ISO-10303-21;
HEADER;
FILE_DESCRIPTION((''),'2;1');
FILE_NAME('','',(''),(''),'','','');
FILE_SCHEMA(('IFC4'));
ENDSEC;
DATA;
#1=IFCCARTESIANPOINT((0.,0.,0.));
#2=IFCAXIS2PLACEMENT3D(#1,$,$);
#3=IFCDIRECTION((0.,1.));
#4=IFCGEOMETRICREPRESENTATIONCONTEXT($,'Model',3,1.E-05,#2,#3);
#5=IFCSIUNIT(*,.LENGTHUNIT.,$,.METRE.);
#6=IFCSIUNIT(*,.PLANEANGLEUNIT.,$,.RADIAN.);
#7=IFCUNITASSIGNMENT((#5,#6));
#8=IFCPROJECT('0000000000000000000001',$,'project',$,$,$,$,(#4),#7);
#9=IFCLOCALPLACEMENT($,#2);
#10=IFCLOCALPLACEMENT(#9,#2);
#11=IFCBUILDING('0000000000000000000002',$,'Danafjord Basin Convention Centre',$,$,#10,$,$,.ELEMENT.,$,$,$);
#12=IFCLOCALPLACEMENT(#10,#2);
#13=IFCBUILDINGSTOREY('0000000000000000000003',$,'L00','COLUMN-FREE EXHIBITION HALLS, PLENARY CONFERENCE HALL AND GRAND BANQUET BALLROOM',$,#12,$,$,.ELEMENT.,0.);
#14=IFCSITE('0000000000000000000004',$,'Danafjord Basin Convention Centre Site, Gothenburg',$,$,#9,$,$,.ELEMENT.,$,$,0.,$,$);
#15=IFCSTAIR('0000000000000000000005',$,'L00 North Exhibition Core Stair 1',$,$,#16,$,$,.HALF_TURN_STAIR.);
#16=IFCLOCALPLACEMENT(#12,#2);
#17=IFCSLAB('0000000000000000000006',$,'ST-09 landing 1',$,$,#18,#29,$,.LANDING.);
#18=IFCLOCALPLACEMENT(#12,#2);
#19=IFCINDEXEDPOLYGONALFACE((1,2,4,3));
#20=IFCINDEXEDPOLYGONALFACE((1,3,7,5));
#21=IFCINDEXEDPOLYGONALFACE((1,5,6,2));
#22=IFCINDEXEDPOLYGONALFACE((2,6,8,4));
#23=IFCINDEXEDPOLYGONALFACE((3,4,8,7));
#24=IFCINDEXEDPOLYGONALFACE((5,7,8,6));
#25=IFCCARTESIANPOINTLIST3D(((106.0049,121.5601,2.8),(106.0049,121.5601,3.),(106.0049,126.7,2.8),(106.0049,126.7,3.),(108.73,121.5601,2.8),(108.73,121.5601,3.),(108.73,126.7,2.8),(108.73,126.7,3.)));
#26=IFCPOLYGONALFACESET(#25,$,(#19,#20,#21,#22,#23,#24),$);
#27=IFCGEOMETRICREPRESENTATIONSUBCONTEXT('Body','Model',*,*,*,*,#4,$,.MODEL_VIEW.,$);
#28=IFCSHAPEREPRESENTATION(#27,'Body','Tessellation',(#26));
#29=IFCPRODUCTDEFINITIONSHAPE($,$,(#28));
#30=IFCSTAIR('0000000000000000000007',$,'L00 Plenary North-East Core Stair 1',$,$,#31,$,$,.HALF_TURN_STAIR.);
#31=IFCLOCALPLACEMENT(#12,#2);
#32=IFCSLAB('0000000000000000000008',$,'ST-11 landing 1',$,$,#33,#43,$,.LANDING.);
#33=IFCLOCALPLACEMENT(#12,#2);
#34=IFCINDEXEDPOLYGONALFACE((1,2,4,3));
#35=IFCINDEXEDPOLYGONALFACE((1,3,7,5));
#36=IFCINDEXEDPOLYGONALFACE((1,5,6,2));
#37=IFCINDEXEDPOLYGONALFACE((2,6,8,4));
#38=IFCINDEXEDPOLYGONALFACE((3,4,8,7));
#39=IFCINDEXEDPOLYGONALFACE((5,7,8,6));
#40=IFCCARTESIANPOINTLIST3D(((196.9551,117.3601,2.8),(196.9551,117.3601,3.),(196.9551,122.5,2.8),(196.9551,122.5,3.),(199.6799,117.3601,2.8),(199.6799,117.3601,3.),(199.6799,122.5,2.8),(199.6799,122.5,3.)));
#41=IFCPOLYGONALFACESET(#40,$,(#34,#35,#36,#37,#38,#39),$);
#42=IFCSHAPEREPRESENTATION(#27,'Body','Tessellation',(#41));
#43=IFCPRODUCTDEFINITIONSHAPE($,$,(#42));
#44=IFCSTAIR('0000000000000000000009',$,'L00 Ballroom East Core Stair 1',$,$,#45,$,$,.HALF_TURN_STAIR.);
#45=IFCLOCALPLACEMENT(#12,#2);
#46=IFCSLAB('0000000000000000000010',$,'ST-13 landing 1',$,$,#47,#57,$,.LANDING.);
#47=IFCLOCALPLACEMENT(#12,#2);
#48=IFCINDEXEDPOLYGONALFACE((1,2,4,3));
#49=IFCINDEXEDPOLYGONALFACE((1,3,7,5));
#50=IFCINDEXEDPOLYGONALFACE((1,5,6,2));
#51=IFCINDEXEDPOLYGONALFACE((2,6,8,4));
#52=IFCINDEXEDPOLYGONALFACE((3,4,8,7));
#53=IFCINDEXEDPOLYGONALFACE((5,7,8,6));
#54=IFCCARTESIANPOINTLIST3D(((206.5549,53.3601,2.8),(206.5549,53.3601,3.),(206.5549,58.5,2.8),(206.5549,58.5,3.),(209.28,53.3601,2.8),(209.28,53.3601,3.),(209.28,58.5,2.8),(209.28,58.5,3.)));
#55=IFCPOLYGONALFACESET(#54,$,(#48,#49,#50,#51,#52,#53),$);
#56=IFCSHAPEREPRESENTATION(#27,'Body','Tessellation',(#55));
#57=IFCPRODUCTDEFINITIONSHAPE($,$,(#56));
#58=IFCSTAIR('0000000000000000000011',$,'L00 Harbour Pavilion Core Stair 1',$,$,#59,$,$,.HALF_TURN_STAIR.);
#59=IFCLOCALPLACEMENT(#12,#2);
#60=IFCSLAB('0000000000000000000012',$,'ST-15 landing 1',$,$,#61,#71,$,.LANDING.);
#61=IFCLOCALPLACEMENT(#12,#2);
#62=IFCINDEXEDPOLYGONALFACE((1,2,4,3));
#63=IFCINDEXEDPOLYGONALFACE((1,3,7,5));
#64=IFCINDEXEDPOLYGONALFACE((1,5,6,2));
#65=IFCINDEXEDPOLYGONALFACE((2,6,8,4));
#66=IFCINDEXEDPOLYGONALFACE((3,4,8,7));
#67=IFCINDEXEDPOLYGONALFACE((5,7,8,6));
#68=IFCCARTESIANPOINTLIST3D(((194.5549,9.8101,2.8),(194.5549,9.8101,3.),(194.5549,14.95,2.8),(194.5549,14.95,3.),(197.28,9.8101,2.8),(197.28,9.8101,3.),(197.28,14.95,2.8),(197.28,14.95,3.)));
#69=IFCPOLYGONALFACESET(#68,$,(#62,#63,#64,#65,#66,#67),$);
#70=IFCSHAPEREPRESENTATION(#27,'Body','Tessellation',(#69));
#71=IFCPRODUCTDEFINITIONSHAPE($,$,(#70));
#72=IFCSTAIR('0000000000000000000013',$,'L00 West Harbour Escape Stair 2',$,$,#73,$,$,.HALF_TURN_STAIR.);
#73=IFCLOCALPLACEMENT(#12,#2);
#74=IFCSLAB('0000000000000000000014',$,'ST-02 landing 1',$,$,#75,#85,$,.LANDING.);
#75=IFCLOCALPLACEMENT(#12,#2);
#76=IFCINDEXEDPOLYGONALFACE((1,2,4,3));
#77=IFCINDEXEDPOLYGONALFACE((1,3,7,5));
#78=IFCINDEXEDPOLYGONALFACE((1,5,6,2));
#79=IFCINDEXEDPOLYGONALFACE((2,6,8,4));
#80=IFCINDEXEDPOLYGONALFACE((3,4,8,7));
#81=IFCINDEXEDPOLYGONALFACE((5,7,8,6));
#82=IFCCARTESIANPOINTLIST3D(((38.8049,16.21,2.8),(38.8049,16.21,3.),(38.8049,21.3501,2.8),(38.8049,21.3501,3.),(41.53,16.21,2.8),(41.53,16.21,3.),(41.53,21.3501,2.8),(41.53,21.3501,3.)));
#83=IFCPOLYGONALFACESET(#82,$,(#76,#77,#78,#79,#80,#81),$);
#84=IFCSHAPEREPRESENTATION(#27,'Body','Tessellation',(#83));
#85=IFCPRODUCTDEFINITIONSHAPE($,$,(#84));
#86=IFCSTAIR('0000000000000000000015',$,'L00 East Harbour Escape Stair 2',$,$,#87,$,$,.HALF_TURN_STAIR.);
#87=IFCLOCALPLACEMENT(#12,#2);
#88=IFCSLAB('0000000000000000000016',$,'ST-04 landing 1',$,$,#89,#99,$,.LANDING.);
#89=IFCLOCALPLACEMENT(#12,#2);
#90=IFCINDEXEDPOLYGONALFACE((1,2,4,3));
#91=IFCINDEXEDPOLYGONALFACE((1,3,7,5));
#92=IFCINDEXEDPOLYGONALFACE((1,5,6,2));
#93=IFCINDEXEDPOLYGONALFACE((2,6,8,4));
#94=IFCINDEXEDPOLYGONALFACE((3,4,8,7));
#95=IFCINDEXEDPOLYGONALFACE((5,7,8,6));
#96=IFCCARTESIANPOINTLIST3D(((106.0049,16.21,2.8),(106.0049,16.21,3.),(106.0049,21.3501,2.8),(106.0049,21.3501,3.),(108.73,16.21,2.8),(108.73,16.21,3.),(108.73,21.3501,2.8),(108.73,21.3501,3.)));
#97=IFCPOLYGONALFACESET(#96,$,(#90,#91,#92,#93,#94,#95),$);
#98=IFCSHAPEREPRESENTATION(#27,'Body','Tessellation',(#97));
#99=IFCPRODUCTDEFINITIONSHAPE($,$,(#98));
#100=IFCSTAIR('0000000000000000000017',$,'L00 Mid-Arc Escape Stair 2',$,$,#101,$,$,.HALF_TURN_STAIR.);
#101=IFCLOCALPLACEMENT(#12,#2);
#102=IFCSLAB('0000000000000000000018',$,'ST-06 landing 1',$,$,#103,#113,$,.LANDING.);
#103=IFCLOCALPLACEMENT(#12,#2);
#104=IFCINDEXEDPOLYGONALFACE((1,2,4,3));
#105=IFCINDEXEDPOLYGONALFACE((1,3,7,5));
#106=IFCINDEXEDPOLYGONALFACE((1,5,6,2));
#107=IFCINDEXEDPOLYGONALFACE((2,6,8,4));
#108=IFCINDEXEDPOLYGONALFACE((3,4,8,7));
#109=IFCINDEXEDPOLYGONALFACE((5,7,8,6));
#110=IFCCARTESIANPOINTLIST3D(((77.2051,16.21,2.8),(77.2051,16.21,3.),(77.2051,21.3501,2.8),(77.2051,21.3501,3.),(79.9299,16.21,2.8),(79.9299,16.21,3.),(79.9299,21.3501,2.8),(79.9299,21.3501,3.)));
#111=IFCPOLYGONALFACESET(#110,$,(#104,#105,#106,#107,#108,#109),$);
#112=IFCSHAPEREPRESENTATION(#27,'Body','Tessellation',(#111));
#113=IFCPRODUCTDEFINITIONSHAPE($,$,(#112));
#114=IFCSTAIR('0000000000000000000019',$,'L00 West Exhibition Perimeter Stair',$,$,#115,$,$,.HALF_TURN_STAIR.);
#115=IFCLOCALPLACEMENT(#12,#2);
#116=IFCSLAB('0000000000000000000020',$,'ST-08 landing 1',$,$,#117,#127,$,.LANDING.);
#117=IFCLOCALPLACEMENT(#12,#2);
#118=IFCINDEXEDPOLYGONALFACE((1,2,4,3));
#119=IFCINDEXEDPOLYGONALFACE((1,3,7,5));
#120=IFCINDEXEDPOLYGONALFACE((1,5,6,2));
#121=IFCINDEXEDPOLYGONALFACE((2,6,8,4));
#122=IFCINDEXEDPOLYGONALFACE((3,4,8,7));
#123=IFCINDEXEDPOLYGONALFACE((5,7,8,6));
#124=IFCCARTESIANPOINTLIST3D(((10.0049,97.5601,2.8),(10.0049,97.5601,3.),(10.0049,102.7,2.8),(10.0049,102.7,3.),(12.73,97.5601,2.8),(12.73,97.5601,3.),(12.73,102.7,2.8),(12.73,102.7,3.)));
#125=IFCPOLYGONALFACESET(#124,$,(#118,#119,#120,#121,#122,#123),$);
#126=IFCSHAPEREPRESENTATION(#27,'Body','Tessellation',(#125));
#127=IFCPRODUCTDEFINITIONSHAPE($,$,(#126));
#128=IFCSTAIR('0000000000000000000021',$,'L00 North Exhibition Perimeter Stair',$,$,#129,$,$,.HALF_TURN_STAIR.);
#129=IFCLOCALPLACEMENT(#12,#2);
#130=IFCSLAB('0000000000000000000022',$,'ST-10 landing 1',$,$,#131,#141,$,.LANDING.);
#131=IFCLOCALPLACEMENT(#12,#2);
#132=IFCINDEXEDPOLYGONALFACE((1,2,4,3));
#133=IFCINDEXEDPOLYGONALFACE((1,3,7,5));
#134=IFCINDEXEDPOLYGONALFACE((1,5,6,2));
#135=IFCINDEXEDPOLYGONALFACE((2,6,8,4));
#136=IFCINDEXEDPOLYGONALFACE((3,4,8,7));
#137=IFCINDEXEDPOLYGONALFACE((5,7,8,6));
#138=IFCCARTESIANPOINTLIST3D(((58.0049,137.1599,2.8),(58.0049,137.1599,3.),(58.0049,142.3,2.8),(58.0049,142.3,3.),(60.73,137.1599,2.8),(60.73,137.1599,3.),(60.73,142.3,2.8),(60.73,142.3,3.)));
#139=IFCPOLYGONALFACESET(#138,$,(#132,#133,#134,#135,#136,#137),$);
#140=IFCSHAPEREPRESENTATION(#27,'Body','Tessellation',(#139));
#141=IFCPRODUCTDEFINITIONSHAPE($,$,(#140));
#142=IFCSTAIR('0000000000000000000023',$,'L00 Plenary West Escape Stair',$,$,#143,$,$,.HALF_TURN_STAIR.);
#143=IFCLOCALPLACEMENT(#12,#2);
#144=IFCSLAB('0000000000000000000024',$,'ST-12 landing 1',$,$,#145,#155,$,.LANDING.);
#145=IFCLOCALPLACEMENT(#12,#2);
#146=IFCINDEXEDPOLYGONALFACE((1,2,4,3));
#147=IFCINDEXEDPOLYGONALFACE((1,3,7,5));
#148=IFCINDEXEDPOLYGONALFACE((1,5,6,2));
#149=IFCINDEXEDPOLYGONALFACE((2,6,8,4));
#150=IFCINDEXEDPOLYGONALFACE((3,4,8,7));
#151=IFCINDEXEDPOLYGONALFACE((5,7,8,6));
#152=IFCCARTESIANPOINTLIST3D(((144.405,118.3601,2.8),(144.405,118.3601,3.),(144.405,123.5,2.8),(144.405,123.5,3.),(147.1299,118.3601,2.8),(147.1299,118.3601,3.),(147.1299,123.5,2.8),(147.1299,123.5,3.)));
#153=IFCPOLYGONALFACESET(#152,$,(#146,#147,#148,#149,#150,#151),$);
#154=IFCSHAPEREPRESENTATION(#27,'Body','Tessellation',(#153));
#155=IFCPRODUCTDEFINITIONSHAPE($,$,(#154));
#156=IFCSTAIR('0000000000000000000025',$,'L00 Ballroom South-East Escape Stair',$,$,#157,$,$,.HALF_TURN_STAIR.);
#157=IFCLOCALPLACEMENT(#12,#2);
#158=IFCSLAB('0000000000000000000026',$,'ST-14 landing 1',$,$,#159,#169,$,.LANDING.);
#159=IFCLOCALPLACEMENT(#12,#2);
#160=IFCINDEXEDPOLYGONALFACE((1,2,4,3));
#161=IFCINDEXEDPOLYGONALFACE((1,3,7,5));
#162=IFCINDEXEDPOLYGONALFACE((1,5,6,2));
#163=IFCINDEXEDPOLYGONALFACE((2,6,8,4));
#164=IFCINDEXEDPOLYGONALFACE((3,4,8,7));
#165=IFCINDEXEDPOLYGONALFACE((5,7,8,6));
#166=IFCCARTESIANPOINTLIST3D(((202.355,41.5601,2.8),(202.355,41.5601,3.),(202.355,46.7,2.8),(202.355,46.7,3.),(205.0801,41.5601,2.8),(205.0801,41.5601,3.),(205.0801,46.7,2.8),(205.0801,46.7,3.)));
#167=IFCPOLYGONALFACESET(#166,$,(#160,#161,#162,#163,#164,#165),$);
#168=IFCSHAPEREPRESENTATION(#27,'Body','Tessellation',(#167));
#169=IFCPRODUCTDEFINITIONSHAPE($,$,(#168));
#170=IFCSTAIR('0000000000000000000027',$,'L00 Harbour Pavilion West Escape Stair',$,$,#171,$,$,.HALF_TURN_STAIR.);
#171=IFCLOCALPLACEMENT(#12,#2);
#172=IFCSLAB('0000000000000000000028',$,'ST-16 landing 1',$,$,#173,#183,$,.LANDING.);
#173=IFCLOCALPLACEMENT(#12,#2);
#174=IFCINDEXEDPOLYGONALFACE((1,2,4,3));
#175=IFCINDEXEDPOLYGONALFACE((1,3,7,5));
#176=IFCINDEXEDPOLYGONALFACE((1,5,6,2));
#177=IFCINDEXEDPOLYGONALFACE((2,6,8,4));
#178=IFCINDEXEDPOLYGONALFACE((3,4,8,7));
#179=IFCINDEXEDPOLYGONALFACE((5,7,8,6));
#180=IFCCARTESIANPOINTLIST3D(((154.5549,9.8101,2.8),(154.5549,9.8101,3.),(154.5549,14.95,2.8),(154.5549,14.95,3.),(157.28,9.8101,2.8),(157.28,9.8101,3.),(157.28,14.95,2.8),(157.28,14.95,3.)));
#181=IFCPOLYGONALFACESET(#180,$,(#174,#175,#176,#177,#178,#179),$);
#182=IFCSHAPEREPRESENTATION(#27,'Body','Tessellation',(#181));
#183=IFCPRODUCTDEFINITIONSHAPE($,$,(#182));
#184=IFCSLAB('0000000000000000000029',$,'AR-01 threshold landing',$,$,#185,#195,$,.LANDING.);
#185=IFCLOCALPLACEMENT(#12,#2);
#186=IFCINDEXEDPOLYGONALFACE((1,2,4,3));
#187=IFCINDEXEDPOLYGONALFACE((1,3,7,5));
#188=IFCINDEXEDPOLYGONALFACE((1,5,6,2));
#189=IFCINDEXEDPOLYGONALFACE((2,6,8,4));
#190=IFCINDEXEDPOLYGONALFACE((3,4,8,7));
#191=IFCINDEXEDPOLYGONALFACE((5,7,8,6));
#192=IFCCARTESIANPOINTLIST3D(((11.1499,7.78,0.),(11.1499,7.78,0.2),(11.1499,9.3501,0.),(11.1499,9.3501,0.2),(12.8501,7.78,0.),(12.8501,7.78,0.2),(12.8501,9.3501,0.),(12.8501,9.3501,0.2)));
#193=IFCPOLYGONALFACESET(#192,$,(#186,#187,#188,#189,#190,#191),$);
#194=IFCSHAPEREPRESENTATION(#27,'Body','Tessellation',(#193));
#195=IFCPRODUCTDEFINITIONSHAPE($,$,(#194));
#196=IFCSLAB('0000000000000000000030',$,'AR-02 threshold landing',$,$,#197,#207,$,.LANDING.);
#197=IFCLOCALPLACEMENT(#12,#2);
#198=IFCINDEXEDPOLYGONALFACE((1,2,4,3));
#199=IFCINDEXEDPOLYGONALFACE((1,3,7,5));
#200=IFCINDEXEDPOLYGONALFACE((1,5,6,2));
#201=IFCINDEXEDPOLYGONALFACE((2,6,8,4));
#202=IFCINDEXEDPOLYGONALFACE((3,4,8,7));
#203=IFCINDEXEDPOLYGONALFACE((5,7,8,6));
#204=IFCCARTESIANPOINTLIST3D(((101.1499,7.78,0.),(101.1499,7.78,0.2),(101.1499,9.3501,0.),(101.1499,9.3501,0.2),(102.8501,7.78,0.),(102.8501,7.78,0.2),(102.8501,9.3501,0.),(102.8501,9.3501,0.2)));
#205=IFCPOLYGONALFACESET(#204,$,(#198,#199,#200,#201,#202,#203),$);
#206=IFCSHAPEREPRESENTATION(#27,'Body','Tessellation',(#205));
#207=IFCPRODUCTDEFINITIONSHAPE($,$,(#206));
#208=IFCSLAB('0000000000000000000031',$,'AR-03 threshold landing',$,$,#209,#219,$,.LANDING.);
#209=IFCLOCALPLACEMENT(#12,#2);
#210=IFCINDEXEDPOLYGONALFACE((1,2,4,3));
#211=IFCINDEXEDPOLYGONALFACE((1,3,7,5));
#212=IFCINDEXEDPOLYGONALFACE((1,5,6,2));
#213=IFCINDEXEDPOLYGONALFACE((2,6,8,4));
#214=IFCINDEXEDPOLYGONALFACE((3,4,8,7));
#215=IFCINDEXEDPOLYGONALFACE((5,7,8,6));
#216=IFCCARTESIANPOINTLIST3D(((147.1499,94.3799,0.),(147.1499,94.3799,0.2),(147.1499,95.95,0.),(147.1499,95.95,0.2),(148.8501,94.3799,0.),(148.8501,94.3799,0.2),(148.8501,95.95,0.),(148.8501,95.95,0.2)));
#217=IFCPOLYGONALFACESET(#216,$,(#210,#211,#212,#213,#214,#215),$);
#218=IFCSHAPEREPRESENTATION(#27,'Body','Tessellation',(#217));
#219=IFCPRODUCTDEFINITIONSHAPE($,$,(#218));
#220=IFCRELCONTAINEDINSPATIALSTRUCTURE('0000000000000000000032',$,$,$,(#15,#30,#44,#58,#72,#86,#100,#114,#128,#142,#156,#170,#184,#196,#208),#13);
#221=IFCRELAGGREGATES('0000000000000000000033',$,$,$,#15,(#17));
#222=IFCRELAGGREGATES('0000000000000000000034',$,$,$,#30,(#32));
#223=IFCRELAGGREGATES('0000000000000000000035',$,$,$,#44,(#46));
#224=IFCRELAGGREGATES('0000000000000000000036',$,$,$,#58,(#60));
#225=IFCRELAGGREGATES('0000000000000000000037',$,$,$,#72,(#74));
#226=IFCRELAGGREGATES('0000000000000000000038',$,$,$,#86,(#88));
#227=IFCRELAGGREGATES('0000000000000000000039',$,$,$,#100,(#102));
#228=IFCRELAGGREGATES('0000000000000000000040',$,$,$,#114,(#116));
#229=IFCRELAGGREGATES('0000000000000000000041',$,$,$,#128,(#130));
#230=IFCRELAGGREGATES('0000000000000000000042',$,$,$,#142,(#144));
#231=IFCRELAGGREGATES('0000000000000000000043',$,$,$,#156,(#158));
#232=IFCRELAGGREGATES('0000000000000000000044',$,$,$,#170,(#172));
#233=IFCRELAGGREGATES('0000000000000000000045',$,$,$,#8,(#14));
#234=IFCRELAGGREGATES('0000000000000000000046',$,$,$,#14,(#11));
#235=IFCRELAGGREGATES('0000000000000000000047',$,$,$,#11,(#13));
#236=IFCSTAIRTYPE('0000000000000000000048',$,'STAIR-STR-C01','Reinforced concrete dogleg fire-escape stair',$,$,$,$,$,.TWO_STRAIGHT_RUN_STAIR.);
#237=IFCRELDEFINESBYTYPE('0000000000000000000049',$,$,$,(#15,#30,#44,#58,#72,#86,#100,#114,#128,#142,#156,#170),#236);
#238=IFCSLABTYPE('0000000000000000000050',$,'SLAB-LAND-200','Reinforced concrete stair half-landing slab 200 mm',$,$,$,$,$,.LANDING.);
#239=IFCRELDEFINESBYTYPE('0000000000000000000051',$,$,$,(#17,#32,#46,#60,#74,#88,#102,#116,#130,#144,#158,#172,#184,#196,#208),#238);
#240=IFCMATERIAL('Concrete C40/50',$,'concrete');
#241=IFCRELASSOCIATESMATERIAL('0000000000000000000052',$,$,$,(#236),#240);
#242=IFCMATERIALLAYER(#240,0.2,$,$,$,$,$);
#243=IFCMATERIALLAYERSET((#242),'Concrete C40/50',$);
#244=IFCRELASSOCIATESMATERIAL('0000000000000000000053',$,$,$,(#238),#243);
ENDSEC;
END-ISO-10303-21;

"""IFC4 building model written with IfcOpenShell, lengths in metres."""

from ifc_helpers import new_model, si_unit, direction, frame, origin, place, context, subcontext, project, spatial, polyline, outline, extrude, material, layer, layer_set, type_object, element, aggregate, save


model = new_model("IFC4")

# Units and contexts
model_context = context("Model", 3, precision=1e-05, world=origin(), true_north=direction((0.0, 1.0)))
body_context = subcontext(model_context, "Body", "Model", "MODEL_VIEW")
ifc_project = project(units=[si_unit("LENGTHUNIT", "METRE"), si_unit("PLANEANGLEUNIT", "RADIAN")], contexts=[model_context])

# Site, building, storey
site_placement = place(None, origin())
site = spatial("IfcSite", under=ifc_project, at=site_placement, Name="Danafjord Basin Convention Centre Site, Gothenburg", CompositionType="ELEMENT", RefElevation=0.0)
building_placement = place(site_placement, origin())
building = spatial("IfcBuilding", under=site, at=building_placement, Name="Danafjord Basin Convention Centre", CompositionType="ELEMENT")
storey_placement = place(building_placement, origin())
storey = spatial("IfcBuildingStorey", under=building, at=storey_placement, Name="L00", Description="COLUMN-FREE EXHIBITION HALLS, PLENARY CONFERENCE HALL AND GRAND BANQUET BALLROOM", CompositionType="ELEMENT", Elevation=0.0)

# Stairs, slabs
ifc_material_1 = material(Name="Concrete C40/50", Category="concrete")
stair_type = type_object("IfcStairType", Name="STAIR-STR-C01", Description="Reinforced concrete dogleg fire-escape stair", PredefinedType="TWO_STRAIGHT_RUN_STAIR", material=ifc_material_1)
stair_1_placement = place(storey_placement, origin())
stair_1 = element("IfcStair", 1, at=stair_1_placement, inside=storey, type_object=stair_type, Name="L00 North Exhibition Core Stair 1", PredefinedType="HALF_TURN_STAIR")
ifc_layer_1 = layer(ifc_material_1, 0.2)
ifc_layer_set_1 = layer_set([ifc_layer_1], Name="Concrete C40/50")
slab_type = type_object("IfcSlabType", Name="SLAB-LAND-200", Description="Reinforced concrete stair half-landing slab 200 mm", PredefinedType="LANDING", material=ifc_layer_set_1)
slab_1_placement = place(storey_placement, frame((0.0, 0.0, 2.8)))
slab_1 = element("IfcSlab", 2, at=slab_1_placement, type_object=slab_type, Name="ST-09 landing 1", PredefinedType="LANDING", context=body_context, shape_type="SweptSolid", body=[
    extrude(outline(polyline([(106.0049, 121.5601), (108.73, 121.5601), (108.73, 126.7), (106.0049, 126.7), (106.0049, 121.5601)])), origin(), (0.0, 0.0, 1.0), 0.2),
])
aggregate(stair_1, [slab_1])
stair_2_placement = place(storey_placement, origin())
stair_2 = element("IfcStair", 3, at=stair_2_placement, inside=storey, type_object=stair_type, Name="L00 Plenary North-East Core Stair 1", PredefinedType="HALF_TURN_STAIR")
slab_2_placement = place(storey_placement, frame((0.0, 0.0, 2.8)))
slab_2 = element("IfcSlab", 4, at=slab_2_placement, type_object=slab_type, Name="ST-11 landing 1", PredefinedType="LANDING", context=body_context, shape_type="SweptSolid", body=[
    extrude(outline(polyline([(196.9551, 117.3601), (199.6799, 117.3601), (199.6799, 122.5), (196.9551, 122.5), (196.9551, 117.3601)])), origin(), (0.0, 0.0, 1.0), 0.2),
])
aggregate(stair_2, [slab_2])
stair_3_placement = place(storey_placement, origin())
stair_3 = element("IfcStair", 5, at=stair_3_placement, inside=storey, type_object=stair_type, Name="L00 Ballroom East Core Stair 1", PredefinedType="HALF_TURN_STAIR")
slab_3_placement = place(storey_placement, frame((0.0, 0.0, 2.8)))
slab_3 = element("IfcSlab", 6, at=slab_3_placement, type_object=slab_type, Name="ST-13 landing 1", PredefinedType="LANDING", context=body_context, shape_type="SweptSolid", body=[
    extrude(outline(polyline([(206.5549, 53.3601), (209.28, 53.3601), (209.28, 58.5), (206.5549, 58.5), (206.5549, 53.3601)])), origin(), (0.0, 0.0, 1.0), 0.2),
])
aggregate(stair_3, [slab_3])
stair_4_placement = place(storey_placement, origin())
stair_4 = element("IfcStair", 7, at=stair_4_placement, inside=storey, type_object=stair_type, Name="L00 Harbour Pavilion Core Stair 1", PredefinedType="HALF_TURN_STAIR")
slab_4_placement = place(storey_placement, frame((0.0, 0.0, 2.8)))
slab_4 = element("IfcSlab", 8, at=slab_4_placement, type_object=slab_type, Name="ST-15 landing 1", PredefinedType="LANDING", context=body_context, shape_type="SweptSolid", body=[
    extrude(outline(polyline([(194.5549, 9.8101), (197.28, 9.8101), (197.28, 14.95), (194.5549, 14.95), (194.5549, 9.8101)])), origin(), (0.0, 0.0, 1.0), 0.2),
])
aggregate(stair_4, [slab_4])
stair_5_placement = place(storey_placement, origin())
stair_5 = element("IfcStair", 9, at=stair_5_placement, inside=storey, type_object=stair_type, Name="L00 West Harbour Escape Stair 2", PredefinedType="HALF_TURN_STAIR")
slab_5_placement = place(storey_placement, frame((0.0, 0.0, 2.8)))
slab_5 = element("IfcSlab", 10, at=slab_5_placement, type_object=slab_type, Name="ST-02 landing 1", PredefinedType="LANDING", context=body_context, shape_type="SweptSolid", body=[
    extrude(outline(polyline([(38.8049, 16.21), (41.53, 16.21), (41.53, 21.3501), (38.8049, 21.3501), (38.8049, 16.21)])), origin(), (0.0, 0.0, 1.0), 0.2),
])
aggregate(stair_5, [slab_5])
stair_6_placement = place(storey_placement, origin())
stair_6 = element("IfcStair", 11, at=stair_6_placement, inside=storey, type_object=stair_type, Name="L00 East Harbour Escape Stair 2", PredefinedType="HALF_TURN_STAIR")
slab_6_placement = place(storey_placement, frame((0.0, 0.0, 2.8)))
slab_6 = element("IfcSlab", 12, at=slab_6_placement, type_object=slab_type, Name="ST-04 landing 1", PredefinedType="LANDING", context=body_context, shape_type="SweptSolid", body=[
    extrude(outline(polyline([(106.0049, 16.21), (108.73, 16.21), (108.73, 21.3501), (106.0049, 21.3501), (106.0049, 16.21)])), origin(), (0.0, 0.0, 1.0), 0.2),
])
aggregate(stair_6, [slab_6])
stair_7_placement = place(storey_placement, origin())
stair_7 = element("IfcStair", 13, at=stair_7_placement, inside=storey, type_object=stair_type, Name="L00 Mid-Arc Escape Stair 2", PredefinedType="HALF_TURN_STAIR")
slab_7_placement = place(storey_placement, frame((0.0, 0.0, 2.8)))
slab_7 = element("IfcSlab", 14, at=slab_7_placement, type_object=slab_type, Name="ST-06 landing 1", PredefinedType="LANDING", context=body_context, shape_type="SweptSolid", body=[
    extrude(outline(polyline([(77.2051, 16.21), (79.9299, 16.21), (79.9299, 21.3501), (77.2051, 21.3501), (77.2051, 16.21)])), origin(), (0.0, 0.0, 1.0), 0.2),
])
aggregate(stair_7, [slab_7])
stair_8_placement = place(storey_placement, origin())
stair_8 = element("IfcStair", 15, at=stair_8_placement, inside=storey, type_object=stair_type, Name="L00 West Exhibition Perimeter Stair", PredefinedType="HALF_TURN_STAIR")
slab_8_placement = place(storey_placement, frame((0.0, 0.0, 2.8)))
slab_8 = element("IfcSlab", 16, at=slab_8_placement, type_object=slab_type, Name="ST-08 landing 1", PredefinedType="LANDING", context=body_context, shape_type="SweptSolid", body=[
    extrude(outline(polyline([(10.0049, 97.5601), (12.73, 97.5601), (12.73, 102.7), (10.0049, 102.7), (10.0049, 97.5601)])), origin(), (0.0, 0.0, 1.0), 0.2),
])
aggregate(stair_8, [slab_8])
stair_9_placement = place(storey_placement, origin())
stair_9 = element("IfcStair", 17, at=stair_9_placement, inside=storey, type_object=stair_type, Name="L00 North Exhibition Perimeter Stair", PredefinedType="HALF_TURN_STAIR")
slab_9_placement = place(storey_placement, frame((0.0, 0.0, 2.8)))
slab_9 = element("IfcSlab", 18, at=slab_9_placement, type_object=slab_type, Name="ST-10 landing 1", PredefinedType="LANDING", context=body_context, shape_type="SweptSolid", body=[
    extrude(outline(polyline([(58.0049, 137.1599), (60.73, 137.1599), (60.73, 142.3), (58.0049, 142.3), (58.0049, 137.1599)])), origin(), (0.0, 0.0, 1.0), 0.2),
])
aggregate(stair_9, [slab_9])
stair_10_placement = place(storey_placement, origin())
stair_10 = element("IfcStair", 19, at=stair_10_placement, inside=storey, type_object=stair_type, Name="L00 Plenary West Escape Stair", PredefinedType="HALF_TURN_STAIR")
slab_10_placement = place(storey_placement, frame((0.0, 0.0, 2.8)))
slab_10 = element("IfcSlab", 20, at=slab_10_placement, type_object=slab_type, Name="ST-12 landing 1", PredefinedType="LANDING", context=body_context, shape_type="SweptSolid", body=[
    extrude(outline(polyline([(144.405, 118.3601), (147.1299, 118.3601), (147.1299, 123.5), (144.405, 123.5), (144.405, 118.3601)])), origin(), (0.0, 0.0, 1.0), 0.2),
])
aggregate(stair_10, [slab_10])
stair_11_placement = place(storey_placement, origin())
stair_11 = element("IfcStair", 21, at=stair_11_placement, inside=storey, type_object=stair_type, Name="L00 Ballroom South-East Escape Stair", PredefinedType="HALF_TURN_STAIR")
slab_11_placement = place(storey_placement, frame((0.0, 0.0, 2.8)))
slab_11 = element("IfcSlab", 22, at=slab_11_placement, type_object=slab_type, Name="ST-14 landing 1", PredefinedType="LANDING", context=body_context, shape_type="SweptSolid", body=[
    extrude(outline(polyline([(202.355, 41.5601), (205.0801, 41.5601), (205.0801, 46.7), (202.355, 46.7), (202.355, 41.5601)])), origin(), (0.0, 0.0, 1.0), 0.2),
])
aggregate(stair_11, [slab_11])
stair_12_placement = place(storey_placement, origin())
stair_12 = element("IfcStair", 23, at=stair_12_placement, inside=storey, type_object=stair_type, Name="L00 Harbour Pavilion West Escape Stair", PredefinedType="HALF_TURN_STAIR")
slab_12_placement = place(storey_placement, frame((0.0, 0.0, 2.8)))
slab_12 = element("IfcSlab", 24, at=slab_12_placement, type_object=slab_type, Name="ST-16 landing 1", PredefinedType="LANDING", context=body_context, shape_type="SweptSolid", body=[
    extrude(outline(polyline([(154.5549, 9.8101), (157.28, 9.8101), (157.28, 14.95), (154.5549, 14.95), (154.5549, 9.8101)])), origin(), (0.0, 0.0, 1.0), 0.2),
])
aggregate(stair_12, [slab_12])

# Slabs
slab_13_placement = place(storey_placement, origin())
element("IfcSlab", 25, at=slab_13_placement, inside=storey, type_object=slab_type, Name="AR-01 threshold landing", PredefinedType="LANDING", context=body_context, shape_type="SweptSolid", body=[
    extrude(outline(polyline([(11.1499, 7.78), (12.8501, 7.78), (12.8501, 9.3501), (11.1499, 9.3501), (11.1499, 7.78)])), origin(), (0.0, 0.0, 1.0), 0.2),
])
slab_14_placement = place(storey_placement, origin())
element("IfcSlab", 26, at=slab_14_placement, inside=storey, type_object=slab_type, Name="AR-02 threshold landing", PredefinedType="LANDING", context=body_context, shape_type="SweptSolid", body=[
    extrude(outline(polyline([(101.1499, 7.78), (102.8501, 7.78), (102.8501, 9.3501), (101.1499, 9.3501), (101.1499, 7.78)])), origin(), (0.0, 0.0, 1.0), 0.2),
])
slab_15_placement = place(storey_placement, origin())
element("IfcSlab", 27, at=slab_15_placement, inside=storey, type_object=slab_type, Name="AR-03 threshold landing", PredefinedType="LANDING", context=body_context, shape_type="SweptSolid", body=[
    extrude(outline(polyline([(147.1499, 94.3799), (148.8501, 94.3799), (148.8501, 95.95), (147.1499, 95.95), (147.1499, 94.3799)])), origin(), (0.0, 0.0, 1.0), 0.2),
])

save(model, "model.ifc")
